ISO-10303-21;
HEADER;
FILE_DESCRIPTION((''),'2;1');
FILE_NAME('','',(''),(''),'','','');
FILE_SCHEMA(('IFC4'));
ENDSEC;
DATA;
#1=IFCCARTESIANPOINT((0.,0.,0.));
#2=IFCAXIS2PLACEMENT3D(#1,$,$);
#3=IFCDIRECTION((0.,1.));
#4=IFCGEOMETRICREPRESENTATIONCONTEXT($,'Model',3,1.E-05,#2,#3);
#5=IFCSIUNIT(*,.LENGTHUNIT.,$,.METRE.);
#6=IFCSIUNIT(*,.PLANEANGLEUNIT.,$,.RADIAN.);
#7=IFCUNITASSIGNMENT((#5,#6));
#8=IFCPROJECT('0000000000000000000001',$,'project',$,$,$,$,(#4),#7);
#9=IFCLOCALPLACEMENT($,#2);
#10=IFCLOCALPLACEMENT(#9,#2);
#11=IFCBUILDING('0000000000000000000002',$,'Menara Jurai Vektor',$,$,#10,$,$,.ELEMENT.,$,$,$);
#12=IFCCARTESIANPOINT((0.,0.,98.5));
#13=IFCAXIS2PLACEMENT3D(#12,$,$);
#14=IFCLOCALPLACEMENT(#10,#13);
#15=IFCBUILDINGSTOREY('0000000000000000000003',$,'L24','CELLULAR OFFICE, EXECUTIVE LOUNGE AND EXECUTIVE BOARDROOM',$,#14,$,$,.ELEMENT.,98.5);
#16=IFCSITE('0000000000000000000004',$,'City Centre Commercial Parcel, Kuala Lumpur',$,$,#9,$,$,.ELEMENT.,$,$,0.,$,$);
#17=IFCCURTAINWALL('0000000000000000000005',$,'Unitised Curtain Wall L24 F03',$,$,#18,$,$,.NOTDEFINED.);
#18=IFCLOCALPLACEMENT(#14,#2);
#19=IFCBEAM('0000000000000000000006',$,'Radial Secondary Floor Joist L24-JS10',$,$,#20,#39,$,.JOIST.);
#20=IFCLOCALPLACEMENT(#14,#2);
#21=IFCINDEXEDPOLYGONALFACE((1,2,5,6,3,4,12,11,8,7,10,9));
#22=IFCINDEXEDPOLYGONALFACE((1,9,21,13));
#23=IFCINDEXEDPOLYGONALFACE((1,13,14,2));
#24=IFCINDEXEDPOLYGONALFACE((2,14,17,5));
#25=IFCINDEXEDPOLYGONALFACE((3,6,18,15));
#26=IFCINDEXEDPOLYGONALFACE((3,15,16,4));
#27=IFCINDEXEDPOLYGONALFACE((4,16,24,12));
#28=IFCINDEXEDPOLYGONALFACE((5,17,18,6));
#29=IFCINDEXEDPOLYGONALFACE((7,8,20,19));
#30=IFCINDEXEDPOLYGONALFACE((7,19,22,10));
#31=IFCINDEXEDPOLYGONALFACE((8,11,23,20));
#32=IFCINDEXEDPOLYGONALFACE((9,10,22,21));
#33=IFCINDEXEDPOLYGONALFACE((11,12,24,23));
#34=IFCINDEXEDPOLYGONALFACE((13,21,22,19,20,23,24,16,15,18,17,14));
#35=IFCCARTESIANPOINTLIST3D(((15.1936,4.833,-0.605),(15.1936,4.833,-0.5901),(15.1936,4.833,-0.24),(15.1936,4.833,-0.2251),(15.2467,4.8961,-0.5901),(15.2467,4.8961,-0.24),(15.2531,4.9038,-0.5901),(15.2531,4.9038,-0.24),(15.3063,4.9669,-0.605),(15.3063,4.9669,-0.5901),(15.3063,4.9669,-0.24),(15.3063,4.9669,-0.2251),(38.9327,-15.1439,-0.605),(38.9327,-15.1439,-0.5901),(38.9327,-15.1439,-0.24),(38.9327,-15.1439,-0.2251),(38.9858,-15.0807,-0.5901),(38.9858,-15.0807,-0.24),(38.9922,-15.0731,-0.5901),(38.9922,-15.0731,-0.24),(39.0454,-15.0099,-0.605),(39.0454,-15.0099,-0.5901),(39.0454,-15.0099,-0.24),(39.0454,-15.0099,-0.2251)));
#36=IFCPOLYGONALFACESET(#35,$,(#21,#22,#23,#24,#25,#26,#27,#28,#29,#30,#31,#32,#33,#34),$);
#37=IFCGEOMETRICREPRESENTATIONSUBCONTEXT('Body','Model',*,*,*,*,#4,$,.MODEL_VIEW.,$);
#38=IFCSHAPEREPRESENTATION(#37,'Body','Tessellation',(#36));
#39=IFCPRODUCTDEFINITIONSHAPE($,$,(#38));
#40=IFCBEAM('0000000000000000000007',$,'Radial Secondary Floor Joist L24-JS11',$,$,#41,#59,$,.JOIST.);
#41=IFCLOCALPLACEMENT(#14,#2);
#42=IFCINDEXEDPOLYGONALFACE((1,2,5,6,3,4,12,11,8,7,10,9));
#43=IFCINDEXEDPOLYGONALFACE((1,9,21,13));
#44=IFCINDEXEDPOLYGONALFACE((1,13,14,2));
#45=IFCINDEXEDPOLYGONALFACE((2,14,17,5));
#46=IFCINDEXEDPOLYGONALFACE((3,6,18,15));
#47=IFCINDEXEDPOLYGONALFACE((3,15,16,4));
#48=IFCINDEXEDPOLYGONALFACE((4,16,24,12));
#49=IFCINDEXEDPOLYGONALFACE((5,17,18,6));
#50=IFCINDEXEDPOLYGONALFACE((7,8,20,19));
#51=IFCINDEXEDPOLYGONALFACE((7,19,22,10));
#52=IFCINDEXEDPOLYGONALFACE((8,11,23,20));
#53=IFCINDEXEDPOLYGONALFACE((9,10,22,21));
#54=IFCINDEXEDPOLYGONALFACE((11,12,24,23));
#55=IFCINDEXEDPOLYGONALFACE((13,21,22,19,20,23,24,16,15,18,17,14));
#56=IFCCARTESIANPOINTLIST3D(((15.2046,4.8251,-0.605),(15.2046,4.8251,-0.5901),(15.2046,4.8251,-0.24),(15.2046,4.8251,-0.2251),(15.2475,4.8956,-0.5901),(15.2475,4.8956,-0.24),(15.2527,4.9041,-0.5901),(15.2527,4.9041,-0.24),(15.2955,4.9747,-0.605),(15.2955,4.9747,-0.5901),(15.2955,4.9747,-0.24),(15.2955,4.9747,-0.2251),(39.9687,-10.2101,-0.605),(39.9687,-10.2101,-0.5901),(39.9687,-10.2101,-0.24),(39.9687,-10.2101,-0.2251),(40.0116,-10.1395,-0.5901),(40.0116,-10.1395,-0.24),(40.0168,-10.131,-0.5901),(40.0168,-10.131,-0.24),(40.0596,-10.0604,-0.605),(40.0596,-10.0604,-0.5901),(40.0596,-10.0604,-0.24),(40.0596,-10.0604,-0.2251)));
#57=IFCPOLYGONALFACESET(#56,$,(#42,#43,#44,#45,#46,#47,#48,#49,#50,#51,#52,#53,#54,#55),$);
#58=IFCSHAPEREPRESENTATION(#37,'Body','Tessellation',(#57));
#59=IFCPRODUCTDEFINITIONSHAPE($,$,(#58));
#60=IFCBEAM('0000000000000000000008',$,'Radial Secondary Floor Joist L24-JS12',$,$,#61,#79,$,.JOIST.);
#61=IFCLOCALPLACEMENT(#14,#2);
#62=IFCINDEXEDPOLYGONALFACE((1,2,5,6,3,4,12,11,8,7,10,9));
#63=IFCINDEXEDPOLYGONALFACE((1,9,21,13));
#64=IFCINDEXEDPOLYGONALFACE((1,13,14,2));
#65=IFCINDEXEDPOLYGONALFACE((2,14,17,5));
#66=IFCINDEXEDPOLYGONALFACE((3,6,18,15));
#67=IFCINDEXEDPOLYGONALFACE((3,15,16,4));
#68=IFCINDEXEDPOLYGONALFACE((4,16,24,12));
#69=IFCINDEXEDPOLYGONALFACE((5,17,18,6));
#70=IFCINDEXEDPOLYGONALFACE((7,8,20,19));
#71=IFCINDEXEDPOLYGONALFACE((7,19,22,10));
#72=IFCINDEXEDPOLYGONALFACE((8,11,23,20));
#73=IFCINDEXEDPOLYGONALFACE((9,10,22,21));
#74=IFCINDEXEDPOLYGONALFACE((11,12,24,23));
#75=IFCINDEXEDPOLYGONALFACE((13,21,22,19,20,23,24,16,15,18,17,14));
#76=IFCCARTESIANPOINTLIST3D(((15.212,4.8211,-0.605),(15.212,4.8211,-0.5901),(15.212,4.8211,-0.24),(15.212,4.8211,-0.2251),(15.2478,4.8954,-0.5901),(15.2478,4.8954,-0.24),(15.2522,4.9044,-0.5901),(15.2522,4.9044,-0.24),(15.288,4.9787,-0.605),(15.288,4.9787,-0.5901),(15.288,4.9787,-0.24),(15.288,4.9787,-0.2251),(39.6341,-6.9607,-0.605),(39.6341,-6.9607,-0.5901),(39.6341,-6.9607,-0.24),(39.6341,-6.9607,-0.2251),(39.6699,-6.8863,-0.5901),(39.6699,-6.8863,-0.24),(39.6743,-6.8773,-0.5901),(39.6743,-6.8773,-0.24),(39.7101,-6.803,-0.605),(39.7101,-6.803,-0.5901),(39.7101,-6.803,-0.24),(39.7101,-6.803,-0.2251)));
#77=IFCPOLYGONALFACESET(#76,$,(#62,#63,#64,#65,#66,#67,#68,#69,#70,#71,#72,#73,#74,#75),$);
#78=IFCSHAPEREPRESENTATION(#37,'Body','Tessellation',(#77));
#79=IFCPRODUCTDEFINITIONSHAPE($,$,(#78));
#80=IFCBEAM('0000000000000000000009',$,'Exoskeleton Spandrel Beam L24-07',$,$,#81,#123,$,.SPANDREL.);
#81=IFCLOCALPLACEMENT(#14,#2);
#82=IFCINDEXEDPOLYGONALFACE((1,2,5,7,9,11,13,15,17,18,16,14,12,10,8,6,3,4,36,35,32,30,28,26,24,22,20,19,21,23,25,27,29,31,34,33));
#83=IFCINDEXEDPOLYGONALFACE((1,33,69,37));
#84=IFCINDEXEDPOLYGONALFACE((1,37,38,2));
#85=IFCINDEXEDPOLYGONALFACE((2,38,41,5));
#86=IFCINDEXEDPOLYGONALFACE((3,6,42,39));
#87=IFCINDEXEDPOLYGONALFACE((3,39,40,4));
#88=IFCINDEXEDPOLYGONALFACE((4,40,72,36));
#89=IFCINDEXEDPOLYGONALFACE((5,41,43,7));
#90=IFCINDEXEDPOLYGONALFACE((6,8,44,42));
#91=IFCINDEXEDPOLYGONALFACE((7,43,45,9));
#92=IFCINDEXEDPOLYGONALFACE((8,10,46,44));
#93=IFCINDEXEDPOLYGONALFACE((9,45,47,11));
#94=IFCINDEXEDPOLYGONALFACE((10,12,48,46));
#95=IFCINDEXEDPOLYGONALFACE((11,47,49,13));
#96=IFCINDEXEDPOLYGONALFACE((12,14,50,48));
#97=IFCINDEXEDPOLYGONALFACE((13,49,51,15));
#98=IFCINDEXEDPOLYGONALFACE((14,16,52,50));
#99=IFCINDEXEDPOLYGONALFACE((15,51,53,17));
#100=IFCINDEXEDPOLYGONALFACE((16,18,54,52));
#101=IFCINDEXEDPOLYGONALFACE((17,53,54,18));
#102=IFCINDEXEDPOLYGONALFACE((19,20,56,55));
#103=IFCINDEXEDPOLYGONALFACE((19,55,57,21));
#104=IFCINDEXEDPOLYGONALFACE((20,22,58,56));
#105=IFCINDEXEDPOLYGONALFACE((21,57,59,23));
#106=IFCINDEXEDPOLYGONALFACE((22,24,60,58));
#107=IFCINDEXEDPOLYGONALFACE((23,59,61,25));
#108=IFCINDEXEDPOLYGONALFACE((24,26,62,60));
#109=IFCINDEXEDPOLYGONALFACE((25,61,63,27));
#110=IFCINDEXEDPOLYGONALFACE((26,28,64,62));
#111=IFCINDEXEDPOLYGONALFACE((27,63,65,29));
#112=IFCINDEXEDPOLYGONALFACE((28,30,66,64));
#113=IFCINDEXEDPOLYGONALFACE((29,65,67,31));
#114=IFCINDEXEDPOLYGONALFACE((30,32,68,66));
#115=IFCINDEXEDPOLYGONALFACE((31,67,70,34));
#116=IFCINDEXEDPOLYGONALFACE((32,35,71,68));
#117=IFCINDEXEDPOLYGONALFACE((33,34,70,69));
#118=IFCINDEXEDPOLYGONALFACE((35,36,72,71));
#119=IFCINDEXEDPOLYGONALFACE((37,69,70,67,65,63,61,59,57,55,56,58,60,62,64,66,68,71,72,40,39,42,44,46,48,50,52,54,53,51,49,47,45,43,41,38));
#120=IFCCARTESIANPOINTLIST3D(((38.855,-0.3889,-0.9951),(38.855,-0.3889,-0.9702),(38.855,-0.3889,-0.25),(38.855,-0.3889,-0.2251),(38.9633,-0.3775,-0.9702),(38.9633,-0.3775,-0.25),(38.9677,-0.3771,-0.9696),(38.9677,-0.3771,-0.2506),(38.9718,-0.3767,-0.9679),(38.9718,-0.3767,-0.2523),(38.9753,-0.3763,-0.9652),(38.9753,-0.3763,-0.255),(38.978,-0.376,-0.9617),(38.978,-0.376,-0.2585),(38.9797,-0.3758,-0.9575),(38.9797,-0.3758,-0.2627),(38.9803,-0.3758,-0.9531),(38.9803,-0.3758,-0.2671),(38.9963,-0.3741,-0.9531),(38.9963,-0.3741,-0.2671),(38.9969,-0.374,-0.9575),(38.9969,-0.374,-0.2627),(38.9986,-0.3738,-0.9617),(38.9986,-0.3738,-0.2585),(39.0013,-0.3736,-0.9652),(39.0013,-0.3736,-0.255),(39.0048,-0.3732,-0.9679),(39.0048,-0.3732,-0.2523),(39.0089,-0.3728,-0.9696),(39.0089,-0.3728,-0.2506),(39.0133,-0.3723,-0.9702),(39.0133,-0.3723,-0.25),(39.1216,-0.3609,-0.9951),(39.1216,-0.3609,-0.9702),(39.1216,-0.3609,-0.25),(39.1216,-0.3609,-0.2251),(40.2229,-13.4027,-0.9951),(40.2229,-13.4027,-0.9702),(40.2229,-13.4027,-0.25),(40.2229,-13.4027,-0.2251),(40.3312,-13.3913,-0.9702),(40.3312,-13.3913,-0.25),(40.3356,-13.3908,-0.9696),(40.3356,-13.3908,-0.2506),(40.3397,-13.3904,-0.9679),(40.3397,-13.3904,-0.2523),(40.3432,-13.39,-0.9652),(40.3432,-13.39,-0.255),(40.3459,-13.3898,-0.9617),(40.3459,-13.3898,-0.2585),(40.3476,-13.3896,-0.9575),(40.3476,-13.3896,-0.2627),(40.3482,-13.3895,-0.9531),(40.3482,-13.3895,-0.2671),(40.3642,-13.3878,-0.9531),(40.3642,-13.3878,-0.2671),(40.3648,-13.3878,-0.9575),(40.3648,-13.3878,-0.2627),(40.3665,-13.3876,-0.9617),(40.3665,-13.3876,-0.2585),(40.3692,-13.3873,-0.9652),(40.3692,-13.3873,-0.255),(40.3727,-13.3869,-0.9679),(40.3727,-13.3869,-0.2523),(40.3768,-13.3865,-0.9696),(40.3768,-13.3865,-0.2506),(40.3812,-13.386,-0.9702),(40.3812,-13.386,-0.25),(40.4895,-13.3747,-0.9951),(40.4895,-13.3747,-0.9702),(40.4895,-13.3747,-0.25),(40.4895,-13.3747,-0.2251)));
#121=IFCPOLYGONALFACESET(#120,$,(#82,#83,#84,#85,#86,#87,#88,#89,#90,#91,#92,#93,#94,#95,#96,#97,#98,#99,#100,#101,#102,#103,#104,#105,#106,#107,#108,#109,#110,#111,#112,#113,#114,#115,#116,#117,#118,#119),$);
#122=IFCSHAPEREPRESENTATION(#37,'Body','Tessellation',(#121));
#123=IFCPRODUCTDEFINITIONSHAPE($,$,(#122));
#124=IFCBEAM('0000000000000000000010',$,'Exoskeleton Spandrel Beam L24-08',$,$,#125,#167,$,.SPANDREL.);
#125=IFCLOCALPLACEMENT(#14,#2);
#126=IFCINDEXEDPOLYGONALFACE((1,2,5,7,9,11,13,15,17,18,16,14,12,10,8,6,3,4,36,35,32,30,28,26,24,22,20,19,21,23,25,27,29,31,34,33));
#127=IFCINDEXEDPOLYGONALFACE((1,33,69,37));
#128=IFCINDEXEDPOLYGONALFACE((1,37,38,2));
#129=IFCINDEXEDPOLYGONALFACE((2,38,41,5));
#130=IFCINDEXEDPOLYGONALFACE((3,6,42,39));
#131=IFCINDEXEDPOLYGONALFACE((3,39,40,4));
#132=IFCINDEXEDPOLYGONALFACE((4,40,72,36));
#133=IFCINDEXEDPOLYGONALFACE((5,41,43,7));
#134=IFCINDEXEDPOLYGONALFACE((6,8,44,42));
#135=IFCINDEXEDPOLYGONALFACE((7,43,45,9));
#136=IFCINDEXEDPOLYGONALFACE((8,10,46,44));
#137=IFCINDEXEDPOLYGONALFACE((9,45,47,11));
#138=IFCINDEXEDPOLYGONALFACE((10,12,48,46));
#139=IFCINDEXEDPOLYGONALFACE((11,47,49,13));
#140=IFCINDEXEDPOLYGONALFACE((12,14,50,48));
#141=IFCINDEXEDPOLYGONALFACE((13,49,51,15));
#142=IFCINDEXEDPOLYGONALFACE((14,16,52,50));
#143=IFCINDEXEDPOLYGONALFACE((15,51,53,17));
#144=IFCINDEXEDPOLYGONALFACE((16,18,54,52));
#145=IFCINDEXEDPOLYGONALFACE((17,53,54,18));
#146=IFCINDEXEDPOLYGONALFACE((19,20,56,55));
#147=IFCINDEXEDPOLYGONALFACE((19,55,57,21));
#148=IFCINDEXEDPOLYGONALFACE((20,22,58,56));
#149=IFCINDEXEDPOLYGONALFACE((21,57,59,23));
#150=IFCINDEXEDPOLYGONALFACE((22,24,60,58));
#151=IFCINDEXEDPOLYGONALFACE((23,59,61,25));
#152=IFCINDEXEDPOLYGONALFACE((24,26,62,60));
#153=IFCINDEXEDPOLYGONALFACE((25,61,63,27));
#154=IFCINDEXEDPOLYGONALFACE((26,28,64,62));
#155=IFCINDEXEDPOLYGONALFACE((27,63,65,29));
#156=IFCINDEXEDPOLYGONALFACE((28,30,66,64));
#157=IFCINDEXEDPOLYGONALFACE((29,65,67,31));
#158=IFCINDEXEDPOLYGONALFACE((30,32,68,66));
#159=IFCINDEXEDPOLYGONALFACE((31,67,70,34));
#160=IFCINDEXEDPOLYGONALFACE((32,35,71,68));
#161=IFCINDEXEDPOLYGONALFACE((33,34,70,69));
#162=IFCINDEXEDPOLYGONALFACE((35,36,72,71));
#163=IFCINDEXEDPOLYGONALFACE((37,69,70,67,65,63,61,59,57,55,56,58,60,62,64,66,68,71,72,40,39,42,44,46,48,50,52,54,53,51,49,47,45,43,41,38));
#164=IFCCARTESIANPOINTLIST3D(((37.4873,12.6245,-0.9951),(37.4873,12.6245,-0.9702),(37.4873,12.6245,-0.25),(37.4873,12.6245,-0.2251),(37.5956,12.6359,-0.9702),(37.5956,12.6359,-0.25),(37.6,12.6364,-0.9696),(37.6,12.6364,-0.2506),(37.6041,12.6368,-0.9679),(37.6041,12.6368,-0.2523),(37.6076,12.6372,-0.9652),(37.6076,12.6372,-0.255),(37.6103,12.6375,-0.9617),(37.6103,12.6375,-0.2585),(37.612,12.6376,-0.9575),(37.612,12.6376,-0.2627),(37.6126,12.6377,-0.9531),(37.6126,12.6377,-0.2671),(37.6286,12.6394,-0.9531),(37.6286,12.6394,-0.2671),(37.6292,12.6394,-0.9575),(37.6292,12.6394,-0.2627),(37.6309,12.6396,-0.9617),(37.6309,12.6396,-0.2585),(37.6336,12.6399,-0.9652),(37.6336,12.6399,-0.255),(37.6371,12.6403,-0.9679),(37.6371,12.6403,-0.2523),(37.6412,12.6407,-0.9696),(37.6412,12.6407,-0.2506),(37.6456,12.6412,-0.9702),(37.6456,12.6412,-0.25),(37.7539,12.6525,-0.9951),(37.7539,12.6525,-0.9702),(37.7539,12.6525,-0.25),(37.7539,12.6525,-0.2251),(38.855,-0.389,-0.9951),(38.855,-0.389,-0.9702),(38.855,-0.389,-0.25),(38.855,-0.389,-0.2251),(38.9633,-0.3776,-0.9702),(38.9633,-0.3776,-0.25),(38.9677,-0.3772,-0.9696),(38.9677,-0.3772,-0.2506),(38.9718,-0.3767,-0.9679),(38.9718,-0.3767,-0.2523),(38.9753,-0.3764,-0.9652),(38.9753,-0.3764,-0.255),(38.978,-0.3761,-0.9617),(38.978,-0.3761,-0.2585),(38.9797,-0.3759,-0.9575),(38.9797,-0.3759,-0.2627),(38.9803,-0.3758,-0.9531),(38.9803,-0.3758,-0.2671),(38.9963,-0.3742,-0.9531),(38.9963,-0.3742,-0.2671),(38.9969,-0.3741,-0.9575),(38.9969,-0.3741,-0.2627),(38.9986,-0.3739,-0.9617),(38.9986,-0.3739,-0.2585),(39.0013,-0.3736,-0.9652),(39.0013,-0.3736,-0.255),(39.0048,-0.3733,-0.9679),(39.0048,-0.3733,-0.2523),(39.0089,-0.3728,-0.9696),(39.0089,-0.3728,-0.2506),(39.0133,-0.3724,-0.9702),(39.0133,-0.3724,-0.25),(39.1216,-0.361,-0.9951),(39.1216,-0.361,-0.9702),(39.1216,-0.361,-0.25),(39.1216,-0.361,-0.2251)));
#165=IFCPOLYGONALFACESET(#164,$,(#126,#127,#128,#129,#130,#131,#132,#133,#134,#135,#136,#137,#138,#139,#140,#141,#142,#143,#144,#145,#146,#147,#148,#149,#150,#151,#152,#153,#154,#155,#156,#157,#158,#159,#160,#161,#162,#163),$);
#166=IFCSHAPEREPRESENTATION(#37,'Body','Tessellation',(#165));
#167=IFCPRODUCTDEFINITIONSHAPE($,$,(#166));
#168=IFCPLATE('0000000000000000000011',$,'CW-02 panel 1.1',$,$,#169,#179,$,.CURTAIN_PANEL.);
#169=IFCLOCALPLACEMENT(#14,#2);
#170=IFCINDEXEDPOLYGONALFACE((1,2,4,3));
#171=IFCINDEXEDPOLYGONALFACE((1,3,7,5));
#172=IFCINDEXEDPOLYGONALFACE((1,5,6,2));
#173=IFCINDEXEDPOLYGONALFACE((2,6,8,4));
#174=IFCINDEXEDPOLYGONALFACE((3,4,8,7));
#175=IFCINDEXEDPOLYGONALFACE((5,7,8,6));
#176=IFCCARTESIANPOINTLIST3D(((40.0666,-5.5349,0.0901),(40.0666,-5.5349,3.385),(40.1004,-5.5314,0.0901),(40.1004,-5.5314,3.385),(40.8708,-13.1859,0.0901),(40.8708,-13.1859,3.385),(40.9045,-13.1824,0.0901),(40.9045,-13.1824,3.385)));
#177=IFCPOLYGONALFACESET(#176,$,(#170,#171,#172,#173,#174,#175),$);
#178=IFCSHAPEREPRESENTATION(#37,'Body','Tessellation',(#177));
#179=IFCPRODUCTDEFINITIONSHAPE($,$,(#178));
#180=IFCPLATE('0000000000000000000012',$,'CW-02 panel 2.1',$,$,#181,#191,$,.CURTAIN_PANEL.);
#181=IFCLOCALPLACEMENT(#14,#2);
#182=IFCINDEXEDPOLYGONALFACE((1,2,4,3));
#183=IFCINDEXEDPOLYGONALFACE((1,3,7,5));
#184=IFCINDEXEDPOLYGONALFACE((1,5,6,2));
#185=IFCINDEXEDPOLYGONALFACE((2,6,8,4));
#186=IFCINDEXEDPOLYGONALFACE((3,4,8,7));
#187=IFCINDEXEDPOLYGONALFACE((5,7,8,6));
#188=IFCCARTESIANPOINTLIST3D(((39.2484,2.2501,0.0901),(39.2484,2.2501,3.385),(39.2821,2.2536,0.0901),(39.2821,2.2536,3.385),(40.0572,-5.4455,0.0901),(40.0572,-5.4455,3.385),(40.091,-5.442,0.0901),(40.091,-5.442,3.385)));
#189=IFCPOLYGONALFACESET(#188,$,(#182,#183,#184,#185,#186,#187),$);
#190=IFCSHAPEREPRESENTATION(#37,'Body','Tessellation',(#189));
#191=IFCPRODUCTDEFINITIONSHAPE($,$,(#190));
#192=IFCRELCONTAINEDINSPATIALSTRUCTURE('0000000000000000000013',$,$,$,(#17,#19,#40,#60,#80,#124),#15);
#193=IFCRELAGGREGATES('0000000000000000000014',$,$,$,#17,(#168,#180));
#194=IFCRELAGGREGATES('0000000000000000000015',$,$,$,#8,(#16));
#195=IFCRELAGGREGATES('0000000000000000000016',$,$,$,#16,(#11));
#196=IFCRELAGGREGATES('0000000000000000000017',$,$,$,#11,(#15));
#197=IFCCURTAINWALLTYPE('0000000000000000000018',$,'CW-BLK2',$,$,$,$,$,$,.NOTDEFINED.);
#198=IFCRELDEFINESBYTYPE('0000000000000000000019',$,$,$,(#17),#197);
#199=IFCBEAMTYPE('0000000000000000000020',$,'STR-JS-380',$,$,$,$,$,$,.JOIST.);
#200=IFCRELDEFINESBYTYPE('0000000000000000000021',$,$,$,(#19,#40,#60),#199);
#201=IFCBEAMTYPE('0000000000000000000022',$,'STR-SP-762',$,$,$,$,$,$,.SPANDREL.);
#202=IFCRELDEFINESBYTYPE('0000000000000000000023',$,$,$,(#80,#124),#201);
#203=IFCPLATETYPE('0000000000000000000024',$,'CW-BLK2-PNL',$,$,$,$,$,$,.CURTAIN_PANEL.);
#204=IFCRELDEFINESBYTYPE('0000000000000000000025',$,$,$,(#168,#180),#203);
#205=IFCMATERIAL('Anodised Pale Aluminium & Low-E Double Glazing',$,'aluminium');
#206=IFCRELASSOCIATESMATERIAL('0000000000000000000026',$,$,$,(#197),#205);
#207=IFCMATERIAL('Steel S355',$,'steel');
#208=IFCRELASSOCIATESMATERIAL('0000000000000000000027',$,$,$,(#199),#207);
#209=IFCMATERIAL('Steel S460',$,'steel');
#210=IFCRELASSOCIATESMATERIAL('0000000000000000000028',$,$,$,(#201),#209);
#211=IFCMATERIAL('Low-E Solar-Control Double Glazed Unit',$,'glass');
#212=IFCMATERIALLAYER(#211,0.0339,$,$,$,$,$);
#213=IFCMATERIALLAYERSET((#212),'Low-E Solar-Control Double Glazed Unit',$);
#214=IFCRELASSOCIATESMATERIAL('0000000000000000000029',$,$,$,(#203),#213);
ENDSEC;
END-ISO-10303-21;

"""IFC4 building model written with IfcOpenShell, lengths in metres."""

from ifc_helpers import new_model, si_unit, direction, frame, origin, origin_2d, place, context, subcontext, project, spatial, rectangle, i_section, extrude, material, layer, layer_set, material_profile, profile_set, type_object, element, aggregate, save


model = new_model("IFC4")

# Units and contexts
model_context = context("Model", 3, precision=1e-05, world=origin(), true_north=direction((0.0, 1.0)))
body_context = subcontext(model_context, "Body", "Model", "MODEL_VIEW")
ifc_project = project(units=[si_unit("LENGTHUNIT", "METRE"), si_unit("PLANEANGLEUNIT", "RADIAN")], contexts=[model_context])

# Site, building, storey
site_placement = place(None, origin())
site = spatial("IfcSite", under=ifc_project, at=site_placement, Name="City Centre Commercial Parcel, Kuala Lumpur", CompositionType="ELEMENT", RefElevation=0.0)
building_placement = place(site_placement, origin())
building = spatial("IfcBuilding", under=site, at=building_placement, Name="Menara Jurai Vektor", CompositionType="ELEMENT")
storey_placement = place(building_placement, frame((0.0, 0.0, 98.5)))
storey = spatial("IfcBuildingStorey", under=building, at=storey_placement, Name="L24", Description="CELLULAR OFFICE, EXECUTIVE LOUNGE AND EXECUTIVE BOARDROOM", CompositionType="ELEMENT", Elevation=98.5)

# Shared definitions
ifc_material_1 = material(Name="Steel S460", Category="steel")

# Curtain wall
ifc_material_2 = material(Name="Anodised Pale Aluminium & Low-E Double Glazing", Category="aluminium")
curtain_wall_type = type_object("IfcCurtainWallType", Name="CW-BLK2", PredefinedType="NOTDEFINED", material=ifc_material_2)
curtain_wall_1_placement = place(storey_placement, origin())
curtain_wall_1 = element("IfcCurtainWall", 1, at=curtain_wall_1_placement, inside=storey, type_object=curtain_wall_type, Name="Unitised Curtain Wall L24 F03", PredefinedType="NOTDEFINED")

# Shared definitions
ifc_material_3 = material(Name="Steel S355", Category="steel")

# Beams
ifc_material_profile_1 = material_profile(ifc_material_3, i_section(OverallWidth=0.175, OverallDepth=0.3799, WebThickness=0.01, FlangeThickness=0.0149, at=origin_2d()), Name="PG 380x175x58")
ifc_profile_set_1 = profile_set([ifc_material_profile_1], Name="Steel S355")
beam_type_1 = type_object("IfcBeamType", Name="STR-JS-380", PredefinedType="JOIST", material=ifc_profile_set_1)
beam_1_placement = place(storey_placement, frame((38.989, -15.0769, -0.415), z_axis=(-0.765133, 0.643873, 0.0), x_axis=(-0.643873, -0.765133, 0.0)))
element("IfcBeam", 2, at=beam_1_placement, inside=storey, type_object=beam_type_1, Name="Radial Secondary Floor Joist L24-JS10", PredefinedType="JOIST", context=body_context, shape_type="SweptSolid", body=[
    extrude(i_section(OverallWidth=0.175, OverallDepth=0.3799, WebThickness=0.01, FlangeThickness=0.0149, at=origin_2d()), origin(), (0.0, 0.0, 1.0), 31.0261),
])
beam_2_placement = place(storey_placement, frame((40.0142, -10.1353, -0.415), z_axis=(-0.854791, 0.518972, 0.0), x_axis=(-0.518972, -0.854791, 0.0)))
element("IfcBeam", 3, at=beam_2_placement, inside=storey, type_object=beam_type_1, Name="Radial Secondary Floor Joist L24-JS11", PredefinedType="JOIST", context=body_context, shape_type="SweptSolid", body=[
    extrude(i_section(OverallWidth=0.175, OverallDepth=0.3799, WebThickness=0.01, FlangeThickness=0.0149, at=origin_2d()), origin(), (0.0, 0.0, 1.0), 28.9709),
])
beam_3_placement = place(storey_placement, frame((39.6721, -6.8818, -0.415), z_axis=(-0.900671, 0.434502, 0.0), x_axis=(-0.434502, -0.900671, 0.0)))
element("IfcBeam", 4, at=beam_3_placement, inside=storey, type_object=beam_type_1, Name="Radial Secondary Floor Joist L24-JS12", PredefinedType="JOIST", context=body_context, shape_type="SweptSolid", body=[
    extrude(i_section(OverallWidth=0.175, OverallDepth=0.3799, WebThickness=0.01, FlangeThickness=0.0149, at=origin_2d()), origin(), (0.0, 0.0, 1.0), 27.1155),
])
ifc_material_profile_2 = material_profile(ifc_material_1, i_section(OverallWidth=0.2681, OverallDepth=0.77, WebThickness=0.0161, FlangeThickness=0.0249, FilletRadius=0.0171, at=origin_2d()), Name="UKB 762x267x197")
ifc_profile_set_2 = profile_set([ifc_material_profile_2], Name="Steel S460")
beam_type_2 = type_object("IfcBeamType", Name="STR-SP-762", PredefinedType="SPANDREL", material=ifc_profile_set_2)
beam_4_placement = place(storey_placement, frame((40.3562, -13.3887, -0.6101), z_axis=(-0.104538, 0.994521, 0.0), x_axis=(-0.994521, -0.104538, 0.0)))
element("IfcBeam", 5, at=beam_4_placement, inside=storey, type_object=beam_type_2, Name="Exoskeleton Spandrel Beam L24-07", PredefinedType="SPANDREL", context=body_context, shape_type="SweptSolid", body=[
    extrude(i_section(OverallWidth=0.2681, OverallDepth=0.77, WebThickness=0.0161, FlangeThickness=0.0249, FilletRadius=0.0171, at=origin_2d()), origin(), (0.0, 0.0, 1.0), 13.0854),
])
beam_5_placement = place(storey_placement, frame((38.9883, -0.375, -0.6101), z_axis=(-0.104522, 0.994523, 0.0), x_axis=(-0.994523, -0.104522, 0.0)))
element("IfcBeam", 6, at=beam_5_placement, inside=storey, type_object=beam_type_2, Name="Exoskeleton Spandrel Beam L24-08", PredefinedType="SPANDREL", context=body_context, shape_type="SweptSolid", body=[
    extrude(i_section(OverallWidth=0.2681, OverallDepth=0.77, WebThickness=0.0161, FlangeThickness=0.0249, FilletRadius=0.0171, at=origin_2d()), origin(), (0.0, 0.0, 1.0), 13.0852),
])

# Plates
ifc_material_4 = material(Name="Low-E Solar-Control Double Glazed Unit", Category="glass")
ifc_layer_1 = layer(ifc_material_4, 0.0339)
ifc_layer_set_1 = layer_set([ifc_layer_1], Name="Low-E Solar-Control Double Glazed Unit")
plate_type_1 = type_object("IfcPlateType", Name="CW-BLK2-PNL", PredefinedType="CURTAIN_PANEL", material=ifc_layer_set_1)
plate_1_placement = place(storey_placement, frame((40.4856, -9.3586, 0.0901), z_axis=(0.0, 0.0, 1.0), x_axis=(-0.10453, 0.994522, 0.0)))
plate_1 = element("IfcPlate", 7, at=plate_1_placement, type_object=plate_type_1, Name="CW-02 panel 1.1", PredefinedType="CURTAIN_PANEL", context=body_context, shape_type="SweptSolid", body=[
    extrude(rectangle(XDim=7.6931, YDim=0.0339, at=origin_2d()), origin(), (0.0, 0.0, 1.0), 3.2949),
])
plate_2_placement = place(storey_placement, frame((39.6697, -1.5959, 0.0901), z_axis=(0.0, 0.0, 1.0), x_axis=(-0.10453, 0.994522, 0.0)))
plate_2 = element("IfcPlate", 8, at=plate_2_placement, type_object=plate_type_1, Name="CW-02 panel 2.1", PredefinedType="CURTAIN_PANEL", context=body_context, shape_type="SweptSolid", body=[
    extrude(rectangle(XDim=7.738, YDim=0.0339, at=origin_2d()), origin(), (0.0, 0.0, 1.0), 3.2949),
])
aggregate(curtain_wall_1, [plate_1, plate_2])

save(model, "model.ifc")
